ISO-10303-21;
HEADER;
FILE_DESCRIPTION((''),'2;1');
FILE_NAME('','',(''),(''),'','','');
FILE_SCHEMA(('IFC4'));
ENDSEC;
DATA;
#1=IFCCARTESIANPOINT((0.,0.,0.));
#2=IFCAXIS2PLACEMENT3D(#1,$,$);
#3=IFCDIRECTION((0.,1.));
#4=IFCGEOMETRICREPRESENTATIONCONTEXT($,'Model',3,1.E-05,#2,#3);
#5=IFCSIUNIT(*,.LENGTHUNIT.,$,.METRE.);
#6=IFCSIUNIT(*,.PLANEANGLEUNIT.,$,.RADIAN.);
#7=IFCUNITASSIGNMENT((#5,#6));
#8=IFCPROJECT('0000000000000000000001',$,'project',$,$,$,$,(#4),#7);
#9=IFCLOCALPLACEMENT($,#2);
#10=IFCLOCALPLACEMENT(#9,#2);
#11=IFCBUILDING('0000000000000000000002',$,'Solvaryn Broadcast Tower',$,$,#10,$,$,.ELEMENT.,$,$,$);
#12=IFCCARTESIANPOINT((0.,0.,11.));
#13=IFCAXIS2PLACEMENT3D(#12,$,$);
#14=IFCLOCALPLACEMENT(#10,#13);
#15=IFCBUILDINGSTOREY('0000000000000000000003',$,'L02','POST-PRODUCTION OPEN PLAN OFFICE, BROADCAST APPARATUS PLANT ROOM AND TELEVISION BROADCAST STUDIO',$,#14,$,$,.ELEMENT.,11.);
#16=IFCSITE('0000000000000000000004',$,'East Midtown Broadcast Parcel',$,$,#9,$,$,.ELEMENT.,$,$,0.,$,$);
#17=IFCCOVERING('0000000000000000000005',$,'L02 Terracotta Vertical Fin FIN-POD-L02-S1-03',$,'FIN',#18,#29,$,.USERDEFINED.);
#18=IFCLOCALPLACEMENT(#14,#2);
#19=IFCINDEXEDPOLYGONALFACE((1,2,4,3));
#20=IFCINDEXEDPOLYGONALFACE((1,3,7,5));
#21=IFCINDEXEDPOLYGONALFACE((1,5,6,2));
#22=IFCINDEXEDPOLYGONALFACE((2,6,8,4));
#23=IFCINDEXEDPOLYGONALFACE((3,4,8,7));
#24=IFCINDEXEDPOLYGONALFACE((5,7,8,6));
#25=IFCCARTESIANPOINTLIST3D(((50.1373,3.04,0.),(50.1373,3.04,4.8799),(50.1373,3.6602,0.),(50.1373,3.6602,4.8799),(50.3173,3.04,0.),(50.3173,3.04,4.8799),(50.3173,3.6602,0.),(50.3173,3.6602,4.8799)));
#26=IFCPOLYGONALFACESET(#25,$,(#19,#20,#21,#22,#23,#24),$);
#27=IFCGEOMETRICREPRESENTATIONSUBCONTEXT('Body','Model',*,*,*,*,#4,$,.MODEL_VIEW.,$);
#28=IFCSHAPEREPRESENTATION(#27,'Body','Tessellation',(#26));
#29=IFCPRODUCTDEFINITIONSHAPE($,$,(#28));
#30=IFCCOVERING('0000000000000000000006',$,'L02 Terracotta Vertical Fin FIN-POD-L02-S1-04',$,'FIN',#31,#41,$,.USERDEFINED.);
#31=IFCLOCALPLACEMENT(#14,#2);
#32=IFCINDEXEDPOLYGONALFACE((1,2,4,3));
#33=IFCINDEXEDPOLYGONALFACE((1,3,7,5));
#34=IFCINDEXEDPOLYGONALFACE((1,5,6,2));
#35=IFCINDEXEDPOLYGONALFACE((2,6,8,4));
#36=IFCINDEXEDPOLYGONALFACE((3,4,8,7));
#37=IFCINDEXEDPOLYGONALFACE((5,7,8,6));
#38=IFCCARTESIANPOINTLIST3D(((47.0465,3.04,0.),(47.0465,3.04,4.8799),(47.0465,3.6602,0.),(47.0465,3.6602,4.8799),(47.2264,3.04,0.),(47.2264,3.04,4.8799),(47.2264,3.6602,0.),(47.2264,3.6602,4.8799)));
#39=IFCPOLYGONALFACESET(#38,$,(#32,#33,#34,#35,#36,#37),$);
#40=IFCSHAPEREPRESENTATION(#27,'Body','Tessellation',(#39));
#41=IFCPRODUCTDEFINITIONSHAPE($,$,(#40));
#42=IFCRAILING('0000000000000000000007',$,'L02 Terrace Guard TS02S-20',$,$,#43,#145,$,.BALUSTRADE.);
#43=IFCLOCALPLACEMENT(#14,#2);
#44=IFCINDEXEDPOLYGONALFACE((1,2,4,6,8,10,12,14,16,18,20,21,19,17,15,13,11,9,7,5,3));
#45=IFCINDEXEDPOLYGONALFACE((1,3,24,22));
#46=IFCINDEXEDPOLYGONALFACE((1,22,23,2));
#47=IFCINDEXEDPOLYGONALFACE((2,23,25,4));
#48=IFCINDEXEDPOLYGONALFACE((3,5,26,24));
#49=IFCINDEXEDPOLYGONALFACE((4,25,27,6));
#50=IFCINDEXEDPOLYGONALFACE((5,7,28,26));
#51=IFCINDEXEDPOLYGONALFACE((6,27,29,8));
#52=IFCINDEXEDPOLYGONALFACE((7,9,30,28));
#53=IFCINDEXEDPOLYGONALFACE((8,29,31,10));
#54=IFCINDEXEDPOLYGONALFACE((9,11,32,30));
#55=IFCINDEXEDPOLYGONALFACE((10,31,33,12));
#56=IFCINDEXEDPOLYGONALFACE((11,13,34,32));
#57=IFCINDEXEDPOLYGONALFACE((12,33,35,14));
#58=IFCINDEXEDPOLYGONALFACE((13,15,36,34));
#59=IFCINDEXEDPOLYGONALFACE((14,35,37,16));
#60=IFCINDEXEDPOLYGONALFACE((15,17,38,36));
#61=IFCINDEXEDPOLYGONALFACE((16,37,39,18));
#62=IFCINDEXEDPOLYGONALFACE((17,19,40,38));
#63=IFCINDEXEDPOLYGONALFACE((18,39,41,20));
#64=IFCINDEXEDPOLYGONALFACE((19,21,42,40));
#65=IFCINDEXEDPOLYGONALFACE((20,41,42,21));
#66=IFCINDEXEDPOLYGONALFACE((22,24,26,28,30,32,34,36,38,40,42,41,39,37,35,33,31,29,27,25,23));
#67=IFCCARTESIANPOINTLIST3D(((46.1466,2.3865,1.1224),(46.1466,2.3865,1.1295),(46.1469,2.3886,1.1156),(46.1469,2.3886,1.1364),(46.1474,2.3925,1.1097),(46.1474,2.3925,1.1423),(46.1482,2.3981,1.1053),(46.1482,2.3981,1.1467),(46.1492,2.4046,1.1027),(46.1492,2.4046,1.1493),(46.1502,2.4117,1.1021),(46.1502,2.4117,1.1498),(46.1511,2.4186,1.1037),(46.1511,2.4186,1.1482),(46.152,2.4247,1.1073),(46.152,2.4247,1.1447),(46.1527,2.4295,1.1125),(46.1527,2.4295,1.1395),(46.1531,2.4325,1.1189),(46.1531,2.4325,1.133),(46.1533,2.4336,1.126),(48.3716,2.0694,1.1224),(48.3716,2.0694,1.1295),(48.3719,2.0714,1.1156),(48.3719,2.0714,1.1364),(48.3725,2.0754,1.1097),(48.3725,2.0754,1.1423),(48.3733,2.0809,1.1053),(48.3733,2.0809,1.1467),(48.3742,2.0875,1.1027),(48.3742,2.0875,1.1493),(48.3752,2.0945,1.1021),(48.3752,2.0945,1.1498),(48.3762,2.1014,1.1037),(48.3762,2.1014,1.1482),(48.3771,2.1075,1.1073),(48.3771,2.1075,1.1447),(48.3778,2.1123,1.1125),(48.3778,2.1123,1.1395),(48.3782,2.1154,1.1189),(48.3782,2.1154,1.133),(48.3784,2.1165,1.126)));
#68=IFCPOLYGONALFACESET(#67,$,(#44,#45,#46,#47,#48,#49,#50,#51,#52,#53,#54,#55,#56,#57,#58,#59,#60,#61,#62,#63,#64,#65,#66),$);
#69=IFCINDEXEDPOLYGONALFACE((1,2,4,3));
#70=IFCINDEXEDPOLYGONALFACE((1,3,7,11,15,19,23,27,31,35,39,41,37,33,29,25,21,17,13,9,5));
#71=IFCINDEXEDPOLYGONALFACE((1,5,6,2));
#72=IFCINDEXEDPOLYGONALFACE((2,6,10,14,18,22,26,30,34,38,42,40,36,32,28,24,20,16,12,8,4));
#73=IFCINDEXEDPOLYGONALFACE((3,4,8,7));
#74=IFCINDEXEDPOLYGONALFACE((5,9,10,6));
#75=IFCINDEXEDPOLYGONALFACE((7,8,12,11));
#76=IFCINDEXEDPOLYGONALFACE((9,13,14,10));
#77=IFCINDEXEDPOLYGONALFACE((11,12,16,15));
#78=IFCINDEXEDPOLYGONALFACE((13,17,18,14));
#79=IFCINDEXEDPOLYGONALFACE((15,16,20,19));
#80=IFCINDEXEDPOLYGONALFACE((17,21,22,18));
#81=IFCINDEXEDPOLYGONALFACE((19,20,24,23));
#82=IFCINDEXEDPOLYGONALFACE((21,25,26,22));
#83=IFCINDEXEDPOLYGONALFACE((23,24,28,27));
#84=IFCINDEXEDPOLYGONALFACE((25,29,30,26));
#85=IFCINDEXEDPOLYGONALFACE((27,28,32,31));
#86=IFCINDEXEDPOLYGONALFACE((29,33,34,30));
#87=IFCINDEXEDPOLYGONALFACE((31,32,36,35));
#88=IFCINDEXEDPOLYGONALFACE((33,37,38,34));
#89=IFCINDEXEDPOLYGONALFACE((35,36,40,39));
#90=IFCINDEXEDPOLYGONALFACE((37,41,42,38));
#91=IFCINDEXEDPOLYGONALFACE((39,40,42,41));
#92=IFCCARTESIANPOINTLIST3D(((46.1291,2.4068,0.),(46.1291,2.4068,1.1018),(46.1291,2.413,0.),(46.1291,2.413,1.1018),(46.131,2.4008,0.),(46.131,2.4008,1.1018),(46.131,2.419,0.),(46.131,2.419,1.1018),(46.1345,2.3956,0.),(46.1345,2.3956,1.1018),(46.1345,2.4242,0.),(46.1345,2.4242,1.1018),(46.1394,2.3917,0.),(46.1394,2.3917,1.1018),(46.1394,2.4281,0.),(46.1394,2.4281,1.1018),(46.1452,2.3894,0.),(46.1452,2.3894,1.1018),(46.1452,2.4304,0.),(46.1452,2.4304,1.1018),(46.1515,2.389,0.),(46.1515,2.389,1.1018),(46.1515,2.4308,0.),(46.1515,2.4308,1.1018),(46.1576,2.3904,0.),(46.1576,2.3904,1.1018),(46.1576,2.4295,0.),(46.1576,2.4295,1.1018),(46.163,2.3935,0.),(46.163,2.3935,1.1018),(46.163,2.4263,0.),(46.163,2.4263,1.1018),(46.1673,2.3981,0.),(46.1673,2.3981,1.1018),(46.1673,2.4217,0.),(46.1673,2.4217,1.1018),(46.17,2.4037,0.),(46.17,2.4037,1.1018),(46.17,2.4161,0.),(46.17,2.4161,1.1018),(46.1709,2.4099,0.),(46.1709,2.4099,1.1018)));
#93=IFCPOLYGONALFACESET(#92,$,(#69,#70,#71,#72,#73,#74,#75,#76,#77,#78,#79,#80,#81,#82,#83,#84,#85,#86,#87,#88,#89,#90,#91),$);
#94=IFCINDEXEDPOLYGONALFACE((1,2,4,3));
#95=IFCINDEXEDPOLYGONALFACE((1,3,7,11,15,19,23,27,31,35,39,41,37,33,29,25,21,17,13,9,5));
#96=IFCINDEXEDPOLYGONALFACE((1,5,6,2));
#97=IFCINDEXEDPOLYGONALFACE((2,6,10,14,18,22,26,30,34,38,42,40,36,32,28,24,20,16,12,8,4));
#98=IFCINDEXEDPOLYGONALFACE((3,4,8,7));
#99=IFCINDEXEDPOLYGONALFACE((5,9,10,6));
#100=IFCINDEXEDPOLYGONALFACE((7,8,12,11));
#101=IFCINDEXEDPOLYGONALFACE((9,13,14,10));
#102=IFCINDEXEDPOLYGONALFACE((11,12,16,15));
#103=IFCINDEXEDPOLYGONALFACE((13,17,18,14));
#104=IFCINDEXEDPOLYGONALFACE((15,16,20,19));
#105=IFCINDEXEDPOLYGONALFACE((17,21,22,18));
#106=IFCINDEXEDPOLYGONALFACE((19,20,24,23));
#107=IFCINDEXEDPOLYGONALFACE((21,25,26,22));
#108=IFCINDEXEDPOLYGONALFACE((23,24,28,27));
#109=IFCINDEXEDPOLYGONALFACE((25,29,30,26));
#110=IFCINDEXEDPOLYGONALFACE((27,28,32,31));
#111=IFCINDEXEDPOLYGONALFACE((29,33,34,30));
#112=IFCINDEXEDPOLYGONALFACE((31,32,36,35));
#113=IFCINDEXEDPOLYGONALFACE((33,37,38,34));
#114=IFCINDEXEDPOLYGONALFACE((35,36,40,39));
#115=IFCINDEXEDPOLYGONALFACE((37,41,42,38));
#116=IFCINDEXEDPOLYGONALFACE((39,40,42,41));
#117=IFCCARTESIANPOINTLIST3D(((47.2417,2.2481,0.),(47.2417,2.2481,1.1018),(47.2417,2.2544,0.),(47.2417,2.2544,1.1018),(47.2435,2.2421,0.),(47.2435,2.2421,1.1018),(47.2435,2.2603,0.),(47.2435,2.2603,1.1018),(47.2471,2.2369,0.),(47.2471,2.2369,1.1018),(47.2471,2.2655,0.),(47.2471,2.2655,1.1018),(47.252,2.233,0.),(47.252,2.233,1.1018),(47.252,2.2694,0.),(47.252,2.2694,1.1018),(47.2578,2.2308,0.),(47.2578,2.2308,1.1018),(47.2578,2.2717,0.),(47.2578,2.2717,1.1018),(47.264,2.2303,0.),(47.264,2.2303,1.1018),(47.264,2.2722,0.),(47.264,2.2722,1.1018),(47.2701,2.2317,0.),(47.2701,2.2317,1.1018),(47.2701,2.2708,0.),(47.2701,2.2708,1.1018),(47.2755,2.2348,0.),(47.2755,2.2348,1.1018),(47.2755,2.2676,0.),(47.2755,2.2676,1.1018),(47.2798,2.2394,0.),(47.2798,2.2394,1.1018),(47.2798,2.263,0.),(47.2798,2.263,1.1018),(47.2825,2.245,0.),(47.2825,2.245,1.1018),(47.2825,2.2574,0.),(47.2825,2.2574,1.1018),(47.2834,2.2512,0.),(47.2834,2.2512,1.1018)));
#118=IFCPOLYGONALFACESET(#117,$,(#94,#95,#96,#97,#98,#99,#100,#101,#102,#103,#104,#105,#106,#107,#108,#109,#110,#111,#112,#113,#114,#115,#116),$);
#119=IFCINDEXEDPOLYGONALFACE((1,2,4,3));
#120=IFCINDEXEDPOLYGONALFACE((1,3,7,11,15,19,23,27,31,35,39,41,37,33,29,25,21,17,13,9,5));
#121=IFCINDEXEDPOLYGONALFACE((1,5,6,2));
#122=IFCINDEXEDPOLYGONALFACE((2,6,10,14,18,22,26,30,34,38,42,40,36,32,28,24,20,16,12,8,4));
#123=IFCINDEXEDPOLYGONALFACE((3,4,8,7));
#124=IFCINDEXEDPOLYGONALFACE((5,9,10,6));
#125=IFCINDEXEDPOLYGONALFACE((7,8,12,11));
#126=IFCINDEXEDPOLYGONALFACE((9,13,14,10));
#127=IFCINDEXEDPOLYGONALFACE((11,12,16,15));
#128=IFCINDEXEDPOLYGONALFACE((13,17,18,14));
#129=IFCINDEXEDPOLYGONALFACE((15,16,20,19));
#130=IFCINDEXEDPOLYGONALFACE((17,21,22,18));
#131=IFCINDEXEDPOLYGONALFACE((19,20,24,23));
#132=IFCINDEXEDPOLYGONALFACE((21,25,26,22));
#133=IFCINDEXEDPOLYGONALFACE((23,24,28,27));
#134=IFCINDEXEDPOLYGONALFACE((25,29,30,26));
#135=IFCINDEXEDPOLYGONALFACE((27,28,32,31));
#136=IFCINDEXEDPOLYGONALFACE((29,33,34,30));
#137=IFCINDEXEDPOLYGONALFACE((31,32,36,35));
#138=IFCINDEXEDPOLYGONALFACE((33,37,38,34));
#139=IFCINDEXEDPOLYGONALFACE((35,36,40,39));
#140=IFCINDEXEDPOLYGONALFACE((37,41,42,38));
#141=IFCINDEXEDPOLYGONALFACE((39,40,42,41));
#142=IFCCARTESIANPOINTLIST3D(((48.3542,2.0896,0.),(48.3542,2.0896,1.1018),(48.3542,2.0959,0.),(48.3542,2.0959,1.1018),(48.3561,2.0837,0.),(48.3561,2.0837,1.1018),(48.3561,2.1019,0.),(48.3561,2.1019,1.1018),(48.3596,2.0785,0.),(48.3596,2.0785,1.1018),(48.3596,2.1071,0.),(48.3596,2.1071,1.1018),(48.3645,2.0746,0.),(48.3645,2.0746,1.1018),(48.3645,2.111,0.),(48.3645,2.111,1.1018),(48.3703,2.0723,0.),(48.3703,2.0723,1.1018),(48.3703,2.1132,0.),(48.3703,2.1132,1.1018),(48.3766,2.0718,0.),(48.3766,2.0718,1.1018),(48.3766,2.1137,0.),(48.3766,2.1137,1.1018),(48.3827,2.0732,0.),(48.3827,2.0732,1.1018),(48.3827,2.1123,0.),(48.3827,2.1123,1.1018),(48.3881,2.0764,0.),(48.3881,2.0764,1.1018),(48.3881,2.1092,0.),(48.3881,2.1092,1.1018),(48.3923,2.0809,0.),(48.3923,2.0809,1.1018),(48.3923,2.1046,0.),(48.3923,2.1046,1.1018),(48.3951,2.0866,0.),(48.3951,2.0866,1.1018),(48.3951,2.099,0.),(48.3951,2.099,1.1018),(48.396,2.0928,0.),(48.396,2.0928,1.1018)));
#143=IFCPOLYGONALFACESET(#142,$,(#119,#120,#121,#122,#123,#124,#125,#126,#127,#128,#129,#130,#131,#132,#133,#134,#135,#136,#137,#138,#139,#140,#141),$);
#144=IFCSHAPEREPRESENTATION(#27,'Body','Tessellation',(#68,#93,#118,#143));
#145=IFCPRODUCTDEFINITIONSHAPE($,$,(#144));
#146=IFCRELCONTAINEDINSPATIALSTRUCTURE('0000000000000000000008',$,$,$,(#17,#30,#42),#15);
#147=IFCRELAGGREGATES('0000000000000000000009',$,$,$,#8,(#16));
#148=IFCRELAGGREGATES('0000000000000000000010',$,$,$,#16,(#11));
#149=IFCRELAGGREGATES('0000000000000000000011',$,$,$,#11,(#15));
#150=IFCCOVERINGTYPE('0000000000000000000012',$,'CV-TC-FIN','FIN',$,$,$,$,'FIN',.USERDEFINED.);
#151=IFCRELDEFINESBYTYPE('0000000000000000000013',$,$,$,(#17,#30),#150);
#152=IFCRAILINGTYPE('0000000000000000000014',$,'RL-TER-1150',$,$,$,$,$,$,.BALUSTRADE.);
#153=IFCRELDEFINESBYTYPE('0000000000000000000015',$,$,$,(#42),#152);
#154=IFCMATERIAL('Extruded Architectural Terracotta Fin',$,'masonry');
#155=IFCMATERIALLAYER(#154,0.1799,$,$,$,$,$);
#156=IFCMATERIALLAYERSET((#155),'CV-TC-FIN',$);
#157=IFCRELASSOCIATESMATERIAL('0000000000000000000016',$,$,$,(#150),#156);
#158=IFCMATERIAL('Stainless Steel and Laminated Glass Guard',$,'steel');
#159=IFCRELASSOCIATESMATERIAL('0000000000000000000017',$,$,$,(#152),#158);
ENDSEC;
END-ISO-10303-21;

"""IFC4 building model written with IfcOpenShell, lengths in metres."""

from ifc_helpers import new_model, si_unit, direction, frame, origin, origin_2d, place, context, subcontext, project, spatial, rectangle, circle, extrude, material, layer, layer_set, type_object, element, save


model = new_model("IFC4")

# Units and contexts
model_context = context("Model", 3, precision=1e-05, world=origin(), true_north=direction((0.0, 1.0)))
body_context = subcontext(model_context, "Body", "Model", "MODEL_VIEW")
ifc_project = project(units=[si_unit("LENGTHUNIT", "METRE"), si_unit("PLANEANGLEUNIT", "RADIAN")], contexts=[model_context])

# Site, building, storey
site_placement = place(None, origin())
site = spatial("IfcSite", under=ifc_project, at=site_placement, Name="East Midtown Broadcast Parcel", CompositionType="ELEMENT", RefElevation=0.0)
building_placement = place(site_placement, origin())
building = spatial("IfcBuilding", under=site, at=building_placement, Name="Solvaryn Broadcast Tower", CompositionType="ELEMENT")
storey_placement = place(building_placement, frame((0.0, 0.0, 11.0)))
storey = spatial("IfcBuildingStorey", under=building, at=storey_placement, Name="L02", Description="POST-PRODUCTION OPEN PLAN OFFICE, BROADCAST APPARATUS PLANT ROOM AND TELEVISION BROADCAST STUDIO", CompositionType="ELEMENT", Elevation=11.0)

# Coverings
ifc_material_1 = material(Name="Extruded Architectural Terracotta Fin", Category="masonry")
ifc_layer_1 = layer(ifc_material_1, 0.1799)
ifc_layer_set_1 = layer_set([ifc_layer_1], Name="CV-TC-FIN")
covering_type = type_object("IfcCoveringType", Name="CV-TC-FIN", Description="FIN", ElementType="FIN", PredefinedType="USERDEFINED", material=ifc_layer_set_1)
for number, where, z_axis, x_axis, name in (
    (1, (50.2273, 3.3501, 0.0), (0.0, 0.0, 1.0), (1.0, 0.0, 0.0), "L02 Terracotta Vertical Fin FIN-POD-L02-S1-03"),
    (2, (47.1365, 3.3501, 0.0), (0.0, 0.0, 1.0), (1.0, 0.0, 0.0), "L02 Terracotta Vertical Fin FIN-POD-L02-S1-04"),
):
    element("IfcCovering", number, at=place(storey_placement, frame(where, z_axis=z_axis, x_axis=x_axis)), inside=storey, type_object=covering_type, Name=name, ObjectType="FIN", PredefinedType="USERDEFINED", context=body_context, shape_type="SweptSolid", body=[
        extrude(rectangle(XDim=0.1799, YDim=0.6201, at=origin_2d()), origin(), (0.0, 0.0, 1.0), 4.8799),
    ])

# Railing
ifc_material_2 = material(Name="Stainless Steel and Laminated Glass Guard", Category="steel")
railing_type = type_object("IfcRailingType", Name="RL-TER-1150", PredefinedType="BALUSTRADE", material=ifc_material_2)
railing_1_placement = place(storey_placement, frame((46.1499, 2.4099, 0.0)))
element("IfcRailing", 3, at=railing_1_placement, inside=storey, type_object=railing_type, Name="L02 Terrace Guard TS02S-20", PredefinedType="BALUSTRADE", context=body_context, shape_type="SweptSolid", body=[
    extrude(circle(Radius=0.0239, at=origin_2d()), frame((0.0, 0.0, 1.126), z_axis=(0.989995, -0.141102, 0.0), x_axis=(0.141102, 0.989995, 0.0)), (0.0, 0.0, 1.0), 2.2476),
    extrude(circle(Radius=0.021, at=origin_2d()), origin(), (0.0, 0.0, 1.0), 1.1018),
    extrude(circle(Radius=0.021, at=origin_2d()), frame((1.1125, -0.1587, 0.0)), (0.0, 0.0, 1.0), 1.1018),
    extrude(circle(Radius=0.021, at=origin_2d()), frame((2.2251, -0.3171, 0.0)), (0.0, 0.0, 1.0), 1.1018),
])

save(model, "model.ifc")
